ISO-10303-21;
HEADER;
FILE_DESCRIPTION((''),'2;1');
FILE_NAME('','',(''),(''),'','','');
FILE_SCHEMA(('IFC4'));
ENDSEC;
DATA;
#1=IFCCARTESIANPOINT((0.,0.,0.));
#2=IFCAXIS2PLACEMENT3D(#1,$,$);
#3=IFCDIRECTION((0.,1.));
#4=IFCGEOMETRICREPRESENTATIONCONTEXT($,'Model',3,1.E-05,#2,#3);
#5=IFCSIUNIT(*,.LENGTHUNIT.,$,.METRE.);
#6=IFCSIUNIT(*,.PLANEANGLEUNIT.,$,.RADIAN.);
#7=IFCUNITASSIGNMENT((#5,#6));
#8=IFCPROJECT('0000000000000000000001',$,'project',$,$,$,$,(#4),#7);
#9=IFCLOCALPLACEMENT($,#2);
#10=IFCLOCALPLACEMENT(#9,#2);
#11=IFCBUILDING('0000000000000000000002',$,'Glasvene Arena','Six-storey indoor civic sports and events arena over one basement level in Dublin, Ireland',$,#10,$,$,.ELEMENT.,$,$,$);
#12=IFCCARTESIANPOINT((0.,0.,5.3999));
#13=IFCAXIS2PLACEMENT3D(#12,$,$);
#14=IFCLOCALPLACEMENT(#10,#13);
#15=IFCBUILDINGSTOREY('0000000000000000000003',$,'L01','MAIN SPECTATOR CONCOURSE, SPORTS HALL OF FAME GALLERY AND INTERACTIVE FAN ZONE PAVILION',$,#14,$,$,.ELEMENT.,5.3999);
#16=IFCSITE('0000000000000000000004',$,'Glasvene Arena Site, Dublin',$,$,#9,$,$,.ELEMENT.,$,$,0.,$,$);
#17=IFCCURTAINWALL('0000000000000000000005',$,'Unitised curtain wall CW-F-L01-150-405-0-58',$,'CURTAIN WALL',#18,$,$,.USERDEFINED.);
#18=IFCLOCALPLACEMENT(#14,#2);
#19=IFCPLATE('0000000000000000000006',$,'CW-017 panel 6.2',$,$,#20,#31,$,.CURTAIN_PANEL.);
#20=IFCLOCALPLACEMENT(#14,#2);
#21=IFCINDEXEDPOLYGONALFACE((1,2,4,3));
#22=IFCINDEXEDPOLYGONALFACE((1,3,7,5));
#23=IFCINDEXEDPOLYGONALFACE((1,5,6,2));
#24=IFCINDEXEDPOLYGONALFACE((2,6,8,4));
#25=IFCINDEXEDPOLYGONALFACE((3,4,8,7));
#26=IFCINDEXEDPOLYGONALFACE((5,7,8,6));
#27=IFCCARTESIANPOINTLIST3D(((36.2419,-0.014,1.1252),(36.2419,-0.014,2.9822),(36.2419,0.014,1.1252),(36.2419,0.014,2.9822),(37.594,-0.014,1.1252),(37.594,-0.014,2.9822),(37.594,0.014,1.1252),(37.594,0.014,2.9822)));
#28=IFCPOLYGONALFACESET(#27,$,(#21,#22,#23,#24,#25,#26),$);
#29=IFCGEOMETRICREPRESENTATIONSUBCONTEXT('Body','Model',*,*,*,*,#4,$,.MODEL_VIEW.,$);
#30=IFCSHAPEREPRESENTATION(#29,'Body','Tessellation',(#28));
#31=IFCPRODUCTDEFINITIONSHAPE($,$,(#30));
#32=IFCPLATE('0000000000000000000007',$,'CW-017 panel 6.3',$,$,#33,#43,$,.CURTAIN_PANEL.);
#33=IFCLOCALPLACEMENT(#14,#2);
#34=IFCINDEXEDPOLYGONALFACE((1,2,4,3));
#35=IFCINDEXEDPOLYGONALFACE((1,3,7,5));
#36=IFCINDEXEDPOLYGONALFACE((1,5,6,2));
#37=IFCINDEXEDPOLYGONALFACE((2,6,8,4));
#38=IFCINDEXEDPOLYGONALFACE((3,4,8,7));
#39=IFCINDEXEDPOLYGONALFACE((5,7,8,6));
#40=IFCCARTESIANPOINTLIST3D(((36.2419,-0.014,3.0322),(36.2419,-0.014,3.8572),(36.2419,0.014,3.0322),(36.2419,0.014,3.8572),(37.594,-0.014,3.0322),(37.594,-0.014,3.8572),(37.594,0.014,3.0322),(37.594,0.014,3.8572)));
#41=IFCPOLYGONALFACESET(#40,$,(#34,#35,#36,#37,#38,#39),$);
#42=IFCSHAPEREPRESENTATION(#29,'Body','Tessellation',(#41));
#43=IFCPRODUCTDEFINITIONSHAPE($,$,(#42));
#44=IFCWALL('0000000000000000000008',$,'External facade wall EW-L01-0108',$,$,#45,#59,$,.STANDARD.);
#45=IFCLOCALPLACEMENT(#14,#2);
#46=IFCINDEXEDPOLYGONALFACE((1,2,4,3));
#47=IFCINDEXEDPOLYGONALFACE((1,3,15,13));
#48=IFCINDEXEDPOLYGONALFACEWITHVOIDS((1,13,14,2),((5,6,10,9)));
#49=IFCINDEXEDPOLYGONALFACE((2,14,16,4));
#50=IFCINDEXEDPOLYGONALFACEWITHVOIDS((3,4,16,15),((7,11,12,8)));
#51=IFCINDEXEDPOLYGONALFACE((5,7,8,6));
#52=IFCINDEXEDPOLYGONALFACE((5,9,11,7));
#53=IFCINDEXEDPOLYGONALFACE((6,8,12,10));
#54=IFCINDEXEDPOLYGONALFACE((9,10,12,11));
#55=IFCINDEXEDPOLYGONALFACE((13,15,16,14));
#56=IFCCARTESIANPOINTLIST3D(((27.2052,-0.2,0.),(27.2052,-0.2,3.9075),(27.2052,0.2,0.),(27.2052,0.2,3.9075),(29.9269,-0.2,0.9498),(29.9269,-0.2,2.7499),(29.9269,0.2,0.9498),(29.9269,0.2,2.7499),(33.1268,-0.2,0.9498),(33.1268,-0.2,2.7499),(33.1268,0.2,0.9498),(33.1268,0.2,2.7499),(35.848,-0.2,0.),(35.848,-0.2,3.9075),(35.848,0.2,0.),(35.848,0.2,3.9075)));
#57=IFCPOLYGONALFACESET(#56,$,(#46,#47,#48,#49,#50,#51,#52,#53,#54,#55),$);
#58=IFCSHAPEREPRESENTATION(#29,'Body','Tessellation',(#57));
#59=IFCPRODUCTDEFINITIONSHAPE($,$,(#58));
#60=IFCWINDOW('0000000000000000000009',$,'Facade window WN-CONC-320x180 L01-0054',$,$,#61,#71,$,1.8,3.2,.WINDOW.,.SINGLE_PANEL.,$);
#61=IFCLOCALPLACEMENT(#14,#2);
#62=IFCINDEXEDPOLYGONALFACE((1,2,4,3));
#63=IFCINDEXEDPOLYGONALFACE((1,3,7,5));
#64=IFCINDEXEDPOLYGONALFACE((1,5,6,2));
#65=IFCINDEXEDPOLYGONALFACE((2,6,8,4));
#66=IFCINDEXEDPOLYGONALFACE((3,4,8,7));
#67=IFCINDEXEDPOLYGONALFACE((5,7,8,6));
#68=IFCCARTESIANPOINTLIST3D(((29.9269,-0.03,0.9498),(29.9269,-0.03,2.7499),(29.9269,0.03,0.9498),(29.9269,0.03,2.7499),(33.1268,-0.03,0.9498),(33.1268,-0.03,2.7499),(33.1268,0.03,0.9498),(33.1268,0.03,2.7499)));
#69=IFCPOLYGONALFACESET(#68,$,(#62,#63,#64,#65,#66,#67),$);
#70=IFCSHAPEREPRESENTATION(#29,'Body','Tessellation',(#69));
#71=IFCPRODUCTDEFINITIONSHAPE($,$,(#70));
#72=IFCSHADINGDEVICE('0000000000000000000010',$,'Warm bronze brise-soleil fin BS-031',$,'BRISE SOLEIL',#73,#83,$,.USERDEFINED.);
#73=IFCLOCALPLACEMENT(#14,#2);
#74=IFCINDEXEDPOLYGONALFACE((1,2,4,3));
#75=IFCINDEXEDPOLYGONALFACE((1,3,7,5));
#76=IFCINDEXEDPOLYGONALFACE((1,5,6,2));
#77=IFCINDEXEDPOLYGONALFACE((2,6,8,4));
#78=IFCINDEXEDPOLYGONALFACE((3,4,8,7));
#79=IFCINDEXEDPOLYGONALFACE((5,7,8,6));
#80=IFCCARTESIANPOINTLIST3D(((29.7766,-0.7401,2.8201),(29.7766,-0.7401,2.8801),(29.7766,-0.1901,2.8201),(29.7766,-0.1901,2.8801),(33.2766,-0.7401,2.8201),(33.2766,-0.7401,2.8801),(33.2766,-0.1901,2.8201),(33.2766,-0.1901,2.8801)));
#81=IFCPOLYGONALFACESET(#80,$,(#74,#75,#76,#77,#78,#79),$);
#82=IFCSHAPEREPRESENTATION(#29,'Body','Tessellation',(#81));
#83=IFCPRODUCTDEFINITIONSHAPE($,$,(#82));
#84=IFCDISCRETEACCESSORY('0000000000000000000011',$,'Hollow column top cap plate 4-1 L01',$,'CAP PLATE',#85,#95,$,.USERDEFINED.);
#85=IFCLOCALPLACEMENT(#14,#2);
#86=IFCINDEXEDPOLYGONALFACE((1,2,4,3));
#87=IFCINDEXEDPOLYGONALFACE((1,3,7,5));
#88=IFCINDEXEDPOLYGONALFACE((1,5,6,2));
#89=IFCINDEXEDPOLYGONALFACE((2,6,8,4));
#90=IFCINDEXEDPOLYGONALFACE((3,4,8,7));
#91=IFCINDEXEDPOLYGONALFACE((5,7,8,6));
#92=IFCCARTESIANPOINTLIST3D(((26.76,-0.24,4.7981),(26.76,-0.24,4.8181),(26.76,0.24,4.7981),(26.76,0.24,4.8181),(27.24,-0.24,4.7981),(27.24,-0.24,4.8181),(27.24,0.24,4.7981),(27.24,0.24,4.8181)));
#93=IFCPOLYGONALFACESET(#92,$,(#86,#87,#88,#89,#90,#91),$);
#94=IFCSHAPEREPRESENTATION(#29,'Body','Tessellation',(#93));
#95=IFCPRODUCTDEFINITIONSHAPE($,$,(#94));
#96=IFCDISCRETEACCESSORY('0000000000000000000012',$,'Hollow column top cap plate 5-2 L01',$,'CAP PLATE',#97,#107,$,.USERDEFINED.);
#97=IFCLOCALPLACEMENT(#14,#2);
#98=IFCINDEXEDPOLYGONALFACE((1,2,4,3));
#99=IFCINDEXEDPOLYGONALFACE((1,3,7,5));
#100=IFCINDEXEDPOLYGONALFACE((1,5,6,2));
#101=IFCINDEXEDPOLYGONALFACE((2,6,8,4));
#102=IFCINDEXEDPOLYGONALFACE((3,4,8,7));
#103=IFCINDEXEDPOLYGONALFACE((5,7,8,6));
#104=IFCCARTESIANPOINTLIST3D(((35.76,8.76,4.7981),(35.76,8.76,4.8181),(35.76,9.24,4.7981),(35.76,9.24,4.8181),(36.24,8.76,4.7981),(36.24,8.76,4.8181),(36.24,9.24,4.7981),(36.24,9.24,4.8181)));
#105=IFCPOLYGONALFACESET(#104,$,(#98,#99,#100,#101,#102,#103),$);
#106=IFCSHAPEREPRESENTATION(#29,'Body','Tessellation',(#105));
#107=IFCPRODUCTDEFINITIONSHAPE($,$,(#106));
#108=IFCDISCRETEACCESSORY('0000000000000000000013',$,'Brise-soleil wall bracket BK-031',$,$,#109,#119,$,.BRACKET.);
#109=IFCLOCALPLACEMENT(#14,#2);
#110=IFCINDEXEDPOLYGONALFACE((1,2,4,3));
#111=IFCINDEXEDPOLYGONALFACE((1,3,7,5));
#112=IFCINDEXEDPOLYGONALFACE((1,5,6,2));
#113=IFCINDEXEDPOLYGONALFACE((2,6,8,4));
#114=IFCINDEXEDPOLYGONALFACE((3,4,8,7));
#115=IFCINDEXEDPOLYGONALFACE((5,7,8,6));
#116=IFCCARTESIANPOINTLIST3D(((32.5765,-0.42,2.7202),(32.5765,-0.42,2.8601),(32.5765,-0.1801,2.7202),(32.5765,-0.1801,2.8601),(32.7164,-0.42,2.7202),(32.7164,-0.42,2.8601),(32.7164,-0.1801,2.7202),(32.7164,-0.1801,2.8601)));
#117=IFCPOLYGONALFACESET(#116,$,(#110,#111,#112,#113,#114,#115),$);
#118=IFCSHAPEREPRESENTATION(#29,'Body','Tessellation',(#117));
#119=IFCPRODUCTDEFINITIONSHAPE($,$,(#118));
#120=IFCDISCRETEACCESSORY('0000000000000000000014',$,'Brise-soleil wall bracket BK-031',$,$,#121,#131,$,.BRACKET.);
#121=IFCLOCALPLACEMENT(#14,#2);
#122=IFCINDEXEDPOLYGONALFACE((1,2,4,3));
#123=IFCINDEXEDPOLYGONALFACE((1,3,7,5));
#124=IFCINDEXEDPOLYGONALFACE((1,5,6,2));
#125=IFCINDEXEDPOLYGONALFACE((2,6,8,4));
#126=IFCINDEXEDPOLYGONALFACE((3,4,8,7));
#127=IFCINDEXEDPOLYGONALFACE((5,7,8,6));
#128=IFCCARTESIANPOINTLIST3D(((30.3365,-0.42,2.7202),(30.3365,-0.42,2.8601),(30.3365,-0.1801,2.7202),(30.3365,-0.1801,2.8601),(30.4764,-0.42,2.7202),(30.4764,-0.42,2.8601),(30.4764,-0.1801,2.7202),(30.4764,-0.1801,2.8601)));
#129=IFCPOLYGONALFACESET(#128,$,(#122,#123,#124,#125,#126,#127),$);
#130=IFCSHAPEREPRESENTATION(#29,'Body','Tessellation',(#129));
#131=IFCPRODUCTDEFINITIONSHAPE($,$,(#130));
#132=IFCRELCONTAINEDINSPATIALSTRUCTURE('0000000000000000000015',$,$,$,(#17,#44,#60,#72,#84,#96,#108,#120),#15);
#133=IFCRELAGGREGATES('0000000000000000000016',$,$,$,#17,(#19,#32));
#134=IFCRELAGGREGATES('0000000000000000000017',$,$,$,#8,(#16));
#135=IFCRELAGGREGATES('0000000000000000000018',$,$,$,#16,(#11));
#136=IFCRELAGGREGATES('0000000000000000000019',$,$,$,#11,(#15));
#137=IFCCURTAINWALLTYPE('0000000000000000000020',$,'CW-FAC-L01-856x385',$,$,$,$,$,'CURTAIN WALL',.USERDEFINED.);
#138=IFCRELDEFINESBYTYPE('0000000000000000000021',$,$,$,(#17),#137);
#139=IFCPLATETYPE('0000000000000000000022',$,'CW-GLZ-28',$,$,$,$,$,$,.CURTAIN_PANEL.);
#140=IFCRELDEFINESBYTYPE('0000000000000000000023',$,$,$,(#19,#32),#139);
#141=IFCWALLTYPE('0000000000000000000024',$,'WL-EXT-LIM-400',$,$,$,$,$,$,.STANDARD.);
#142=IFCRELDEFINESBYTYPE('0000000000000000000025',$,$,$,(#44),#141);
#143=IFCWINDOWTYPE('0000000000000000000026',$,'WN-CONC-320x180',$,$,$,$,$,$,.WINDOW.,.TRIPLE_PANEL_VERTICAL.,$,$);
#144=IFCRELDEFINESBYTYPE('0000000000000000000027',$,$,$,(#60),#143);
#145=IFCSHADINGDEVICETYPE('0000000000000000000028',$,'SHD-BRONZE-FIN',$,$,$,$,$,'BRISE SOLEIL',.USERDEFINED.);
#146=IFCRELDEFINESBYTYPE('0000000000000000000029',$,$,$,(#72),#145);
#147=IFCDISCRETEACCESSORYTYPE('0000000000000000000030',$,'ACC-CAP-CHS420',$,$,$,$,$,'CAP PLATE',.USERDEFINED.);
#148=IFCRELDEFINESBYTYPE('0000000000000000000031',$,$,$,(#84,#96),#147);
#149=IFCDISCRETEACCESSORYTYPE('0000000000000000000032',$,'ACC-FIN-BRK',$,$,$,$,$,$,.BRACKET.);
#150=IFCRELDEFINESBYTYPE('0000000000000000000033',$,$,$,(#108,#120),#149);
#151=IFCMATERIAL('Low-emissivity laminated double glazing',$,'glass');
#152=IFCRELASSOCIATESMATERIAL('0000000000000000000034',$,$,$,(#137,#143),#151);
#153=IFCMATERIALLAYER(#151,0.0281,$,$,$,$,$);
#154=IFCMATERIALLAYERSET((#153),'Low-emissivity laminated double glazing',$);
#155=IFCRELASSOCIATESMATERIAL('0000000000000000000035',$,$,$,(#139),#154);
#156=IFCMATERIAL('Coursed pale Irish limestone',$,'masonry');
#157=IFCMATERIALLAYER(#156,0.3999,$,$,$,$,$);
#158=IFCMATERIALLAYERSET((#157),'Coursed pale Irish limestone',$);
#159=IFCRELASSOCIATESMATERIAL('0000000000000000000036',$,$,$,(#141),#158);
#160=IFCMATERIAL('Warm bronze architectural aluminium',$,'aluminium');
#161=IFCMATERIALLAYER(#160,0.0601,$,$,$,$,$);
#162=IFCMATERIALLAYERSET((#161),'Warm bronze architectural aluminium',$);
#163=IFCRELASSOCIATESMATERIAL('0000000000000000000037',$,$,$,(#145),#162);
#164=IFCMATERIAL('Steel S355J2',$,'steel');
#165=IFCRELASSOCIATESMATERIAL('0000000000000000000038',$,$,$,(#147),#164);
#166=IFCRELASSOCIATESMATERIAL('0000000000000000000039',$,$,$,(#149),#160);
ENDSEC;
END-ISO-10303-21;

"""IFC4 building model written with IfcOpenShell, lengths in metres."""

from ifc_helpers import new_model, si_unit, direction, frame, frame_2d, origin, origin_2d, place, context, subcontext, project, spatial, rectangle, extrude, material, layer, layer_set, type_object, element, fill, aggregate, save


model = new_model("IFC4")

# Units and contexts
model_context = context("Model", 3, precision=1e-05, world=origin(), true_north=direction((0.0, 1.0)))
body_context = subcontext(model_context, "Body", "Model", "MODEL_VIEW")
ifc_project = project(units=[si_unit("LENGTHUNIT", "METRE"), si_unit("PLANEANGLEUNIT", "RADIAN")], contexts=[model_context])

# Site, building, storey
site_placement = place(None, origin())
site = spatial("IfcSite", under=ifc_project, at=site_placement, Name="Glasvene Arena Site, Dublin", CompositionType="ELEMENT", RefElevation=0.0)
building_placement = place(site_placement, origin())
building = spatial("IfcBuilding", under=site, at=building_placement, Name="Glasvene Arena", Description="Six-storey indoor civic sports and events arena over one basement level in Dublin, Ireland", CompositionType="ELEMENT")
storey_placement = place(building_placement, frame((0.0, 0.0, 5.3999)))
storey = spatial("IfcBuildingStorey", under=building, at=storey_placement, Name="L01", Description="MAIN SPECTATOR CONCOURSE, SPORTS HALL OF FAME GALLERY AND INTERACTIVE FAN ZONE PAVILION", CompositionType="ELEMENT", Elevation=5.3999)

# Shared definitions
ifc_material_1 = material(Name="Steel S355J2", Category="steel")

# Curtain wall, plates
ifc_material_2 = material(Name="Low-emissivity laminated double glazing", Category="glass")
curtain_wall_type = type_object("IfcCurtainWallType", Name="CW-FAC-L01-856x385", ElementType="CURTAIN WALL", PredefinedType="USERDEFINED", material=ifc_material_2)
curtain_wall_placement = place(storey_placement, frame((44.7549, 0.0, 0.0)))
curtain_wall = element("IfcCurtainWall", 1, at=curtain_wall_placement, inside=storey, type_object=curtain_wall_type, Name="Unitised curtain wall CW-F-L01-150-405-0-58", ObjectType="CURTAIN WALL", PredefinedType="USERDEFINED")
ifc_layer_1 = layer(ifc_material_2, 0.0281)
ifc_layer_set_1 = layer_set([ifc_layer_1], Name="Low-emissivity laminated double glazing")
plate_type = type_object("IfcPlateType", Name="CW-GLZ-28", PredefinedType="CURTAIN_PANEL", material=ifc_layer_set_1)
plate_1_placement = place(storey_placement, frame((36.918, 0.0, 1.1252), z_axis=(0.0, 0.0, 1.0), x_axis=(-1.0, 0.0, 0.0)))
plate_1 = element("IfcPlate", 2, at=plate_1_placement, type_object=plate_type, Name="CW-017 panel 6.2", PredefinedType="CURTAIN_PANEL", context=body_context, shape_type="SweptSolid", body=[
    extrude(rectangle(XDim=1.3521, YDim=0.0281, at=origin_2d()), origin(), (0.0, 0.0, 1.0), 1.8569),
])
plate_2_placement = place(storey_placement, frame((36.918, 0.0, 3.0322), z_axis=(0.0, 0.0, 1.0), x_axis=(-1.0, 0.0, 0.0)))
plate_2 = element("IfcPlate", 3, at=plate_2_placement, type_object=plate_type, Name="CW-017 panel 6.3", PredefinedType="CURTAIN_PANEL", context=body_context, shape_type="SweptSolid", body=[
    extrude(rectangle(XDim=1.3521, YDim=0.0281, at=origin_2d()), origin(), (0.0, 0.0, 1.0), 0.825),
])
aggregate(curtain_wall, [plate_1, plate_2])

# Wall, opening, window
ifc_material_3 = material(Name="Coursed pale Irish limestone", Category="masonry")
ifc_layer_2 = layer(ifc_material_3, 0.3999)
ifc_layer_set_2 = layer_set([ifc_layer_2], Name="Coursed pale Irish limestone")
wall_type = type_object("IfcWallType", Name="WL-EXT-LIM-400", PredefinedType="STANDARD", material=ifc_layer_set_2)
wall_placement = place(storey_placement, frame((35.8479, 0.0, 0.0), z_axis=(0.0, 0.0, 1.0), x_axis=(-1.0, 0.0, 0.0)))
wall = element("IfcWall", 4, at=wall_placement, inside=storey, type_object=wall_type, Name="External facade wall EW-L01-0108", PredefinedType="STANDARD", context=body_context, shape_type="SweptSolid", body=[
    extrude(rectangle(XDim=8.6428, YDim=0.3999, at=frame_2d((4.3213, 0.0))), origin(), (0.0, 0.0, 1.0), 3.9075),
])
opening_placement = place(wall_placement, frame((2.7209, 0.0, 0.95)))
opening = element("IfcOpeningElement", 5, at=opening_placement, cuts=wall, PredefinedType="OPENING", context=body_context, shape_type="SweptSolid", body=[
    extrude(rectangle(XDim=3.2, YDim=1.8, at=frame_2d((1.6001, 0.8999))), frame((0.0, 0.21, 0.0), z_axis=(0.0, -1.0, 0.0), x_axis=(1.0, 0.0, 0.0)), (0.0, 0.0, 1.0), 0.4199),
])
window_type = type_object("IfcWindowType", Name="WN-CONC-320x180", PartitioningType="TRIPLE_PANEL_VERTICAL", PredefinedType="WINDOW", material=ifc_material_2)
window_placement = place(opening_placement, origin())
window = element("IfcWindow", 6, at=window_placement, inside=storey, type_object=window_type, Name="Facade window WN-CONC-320x180 L01-0054", OverallHeight=1.8, OverallWidth=3.2, PartitioningType="SINGLE_PANEL", PredefinedType="WINDOW", context=body_context, shape_type="SweptSolid", body=[
    extrude(rectangle(XDim=3.2, YDim=1.8, at=frame_2d((1.6001, 0.8999))), frame((0.0, 0.03, 0.0), z_axis=(0.0, -1.0, 0.0), x_axis=(1.0, 0.0, 0.0)), (0.0, 0.0, 1.0), 0.0601),
])
fill(opening, window)

# Shading device
ifc_material_4 = material(Name="Warm bronze architectural aluminium", Category="aluminium")
ifc_layer_3 = layer(ifc_material_4, 0.0601)
ifc_layer_set_3 = layer_set([ifc_layer_3], Name="Warm bronze architectural aluminium")
shading_device_type = type_object("IfcShadingDeviceType", Name="SHD-BRONZE-FIN", ElementType="BRISE SOLEIL", PredefinedType="USERDEFINED", material=ifc_layer_set_3)
shading_device_placement = place(storey_placement, frame((31.5266, -0.4651, 2.8201), z_axis=(0.0, 0.0, 1.0), x_axis=(-1.0, 0.0, 0.0)))
element("IfcShadingDevice", 7, at=shading_device_placement, inside=storey, type_object=shading_device_type, Name="Warm bronze brise-soleil fin BS-031", ObjectType="BRISE SOLEIL", PredefinedType="USERDEFINED", context=body_context, shape_type="SweptSolid", body=[
    extrude(rectangle(XDim=3.5, YDim=0.55, at=origin_2d()), origin(), (0.0, 0.0, 1.0), 0.0601),
])

# Discrete accessories
discrete_accessory_type_1 = type_object("IfcDiscreteAccessoryType", Name="ACC-CAP-CHS420", ElementType="CAP PLATE", PredefinedType="USERDEFINED", material=ifc_material_1)
for number, where, z_axis, x_axis, name in (
    (8, (27.0, 0.0, 4.7981), (0.0, 0.0, 1.0), (1.0, 0.0, 0.0), "Hollow column top cap plate 4-1 L01"),
    (9, (36.0, 9.0, 4.7981), (0.0, 0.0, 1.0), (1.0, 0.0, 0.0), "Hollow column top cap plate 5-2 L01"),
):
    element("IfcDiscreteAccessory", number, at=place(storey_placement, frame(where, z_axis=z_axis, x_axis=x_axis)), inside=storey, type_object=discrete_accessory_type_1, Name=name, ObjectType="CAP PLATE", PredefinedType="USERDEFINED", context=body_context, shape_type="SweptSolid", body=[
        extrude(rectangle(XDim=0.48, YDim=0.48, at=origin_2d()), origin(), (0.0, 0.0, 1.0), 0.02),
    ])
discrete_accessory_type_2 = type_object("IfcDiscreteAccessoryType", Name="ACC-FIN-BRK", PredefinedType="BRACKET", material=ifc_material_4)
for number, where, z_axis, x_axis, name in (
    (10, (32.6465, -0.3, 2.7202), (0.0, 0.0, 1.0), (-1.0, 0.0, 0.0), "Brise-soleil wall bracket BK-031"),
    (11, (30.4065, -0.3, 2.7202), (0.0, 0.0, 1.0), (-1.0, 0.0, 0.0), "Brise-soleil wall bracket BK-031"),
):
    element("IfcDiscreteAccessory", number, at=place(storey_placement, frame(where, z_axis=z_axis, x_axis=x_axis)), inside=storey, type_object=discrete_accessory_type_2, Name=name, PredefinedType="BRACKET", context=body_context, shape_type="SweptSolid", body=[
        extrude(rectangle(XDim=0.1399, YDim=0.24, at=origin_2d()), origin(), (0.0, 0.0, 1.0), 0.1399),
    ])

save(model, "model.ifc")
